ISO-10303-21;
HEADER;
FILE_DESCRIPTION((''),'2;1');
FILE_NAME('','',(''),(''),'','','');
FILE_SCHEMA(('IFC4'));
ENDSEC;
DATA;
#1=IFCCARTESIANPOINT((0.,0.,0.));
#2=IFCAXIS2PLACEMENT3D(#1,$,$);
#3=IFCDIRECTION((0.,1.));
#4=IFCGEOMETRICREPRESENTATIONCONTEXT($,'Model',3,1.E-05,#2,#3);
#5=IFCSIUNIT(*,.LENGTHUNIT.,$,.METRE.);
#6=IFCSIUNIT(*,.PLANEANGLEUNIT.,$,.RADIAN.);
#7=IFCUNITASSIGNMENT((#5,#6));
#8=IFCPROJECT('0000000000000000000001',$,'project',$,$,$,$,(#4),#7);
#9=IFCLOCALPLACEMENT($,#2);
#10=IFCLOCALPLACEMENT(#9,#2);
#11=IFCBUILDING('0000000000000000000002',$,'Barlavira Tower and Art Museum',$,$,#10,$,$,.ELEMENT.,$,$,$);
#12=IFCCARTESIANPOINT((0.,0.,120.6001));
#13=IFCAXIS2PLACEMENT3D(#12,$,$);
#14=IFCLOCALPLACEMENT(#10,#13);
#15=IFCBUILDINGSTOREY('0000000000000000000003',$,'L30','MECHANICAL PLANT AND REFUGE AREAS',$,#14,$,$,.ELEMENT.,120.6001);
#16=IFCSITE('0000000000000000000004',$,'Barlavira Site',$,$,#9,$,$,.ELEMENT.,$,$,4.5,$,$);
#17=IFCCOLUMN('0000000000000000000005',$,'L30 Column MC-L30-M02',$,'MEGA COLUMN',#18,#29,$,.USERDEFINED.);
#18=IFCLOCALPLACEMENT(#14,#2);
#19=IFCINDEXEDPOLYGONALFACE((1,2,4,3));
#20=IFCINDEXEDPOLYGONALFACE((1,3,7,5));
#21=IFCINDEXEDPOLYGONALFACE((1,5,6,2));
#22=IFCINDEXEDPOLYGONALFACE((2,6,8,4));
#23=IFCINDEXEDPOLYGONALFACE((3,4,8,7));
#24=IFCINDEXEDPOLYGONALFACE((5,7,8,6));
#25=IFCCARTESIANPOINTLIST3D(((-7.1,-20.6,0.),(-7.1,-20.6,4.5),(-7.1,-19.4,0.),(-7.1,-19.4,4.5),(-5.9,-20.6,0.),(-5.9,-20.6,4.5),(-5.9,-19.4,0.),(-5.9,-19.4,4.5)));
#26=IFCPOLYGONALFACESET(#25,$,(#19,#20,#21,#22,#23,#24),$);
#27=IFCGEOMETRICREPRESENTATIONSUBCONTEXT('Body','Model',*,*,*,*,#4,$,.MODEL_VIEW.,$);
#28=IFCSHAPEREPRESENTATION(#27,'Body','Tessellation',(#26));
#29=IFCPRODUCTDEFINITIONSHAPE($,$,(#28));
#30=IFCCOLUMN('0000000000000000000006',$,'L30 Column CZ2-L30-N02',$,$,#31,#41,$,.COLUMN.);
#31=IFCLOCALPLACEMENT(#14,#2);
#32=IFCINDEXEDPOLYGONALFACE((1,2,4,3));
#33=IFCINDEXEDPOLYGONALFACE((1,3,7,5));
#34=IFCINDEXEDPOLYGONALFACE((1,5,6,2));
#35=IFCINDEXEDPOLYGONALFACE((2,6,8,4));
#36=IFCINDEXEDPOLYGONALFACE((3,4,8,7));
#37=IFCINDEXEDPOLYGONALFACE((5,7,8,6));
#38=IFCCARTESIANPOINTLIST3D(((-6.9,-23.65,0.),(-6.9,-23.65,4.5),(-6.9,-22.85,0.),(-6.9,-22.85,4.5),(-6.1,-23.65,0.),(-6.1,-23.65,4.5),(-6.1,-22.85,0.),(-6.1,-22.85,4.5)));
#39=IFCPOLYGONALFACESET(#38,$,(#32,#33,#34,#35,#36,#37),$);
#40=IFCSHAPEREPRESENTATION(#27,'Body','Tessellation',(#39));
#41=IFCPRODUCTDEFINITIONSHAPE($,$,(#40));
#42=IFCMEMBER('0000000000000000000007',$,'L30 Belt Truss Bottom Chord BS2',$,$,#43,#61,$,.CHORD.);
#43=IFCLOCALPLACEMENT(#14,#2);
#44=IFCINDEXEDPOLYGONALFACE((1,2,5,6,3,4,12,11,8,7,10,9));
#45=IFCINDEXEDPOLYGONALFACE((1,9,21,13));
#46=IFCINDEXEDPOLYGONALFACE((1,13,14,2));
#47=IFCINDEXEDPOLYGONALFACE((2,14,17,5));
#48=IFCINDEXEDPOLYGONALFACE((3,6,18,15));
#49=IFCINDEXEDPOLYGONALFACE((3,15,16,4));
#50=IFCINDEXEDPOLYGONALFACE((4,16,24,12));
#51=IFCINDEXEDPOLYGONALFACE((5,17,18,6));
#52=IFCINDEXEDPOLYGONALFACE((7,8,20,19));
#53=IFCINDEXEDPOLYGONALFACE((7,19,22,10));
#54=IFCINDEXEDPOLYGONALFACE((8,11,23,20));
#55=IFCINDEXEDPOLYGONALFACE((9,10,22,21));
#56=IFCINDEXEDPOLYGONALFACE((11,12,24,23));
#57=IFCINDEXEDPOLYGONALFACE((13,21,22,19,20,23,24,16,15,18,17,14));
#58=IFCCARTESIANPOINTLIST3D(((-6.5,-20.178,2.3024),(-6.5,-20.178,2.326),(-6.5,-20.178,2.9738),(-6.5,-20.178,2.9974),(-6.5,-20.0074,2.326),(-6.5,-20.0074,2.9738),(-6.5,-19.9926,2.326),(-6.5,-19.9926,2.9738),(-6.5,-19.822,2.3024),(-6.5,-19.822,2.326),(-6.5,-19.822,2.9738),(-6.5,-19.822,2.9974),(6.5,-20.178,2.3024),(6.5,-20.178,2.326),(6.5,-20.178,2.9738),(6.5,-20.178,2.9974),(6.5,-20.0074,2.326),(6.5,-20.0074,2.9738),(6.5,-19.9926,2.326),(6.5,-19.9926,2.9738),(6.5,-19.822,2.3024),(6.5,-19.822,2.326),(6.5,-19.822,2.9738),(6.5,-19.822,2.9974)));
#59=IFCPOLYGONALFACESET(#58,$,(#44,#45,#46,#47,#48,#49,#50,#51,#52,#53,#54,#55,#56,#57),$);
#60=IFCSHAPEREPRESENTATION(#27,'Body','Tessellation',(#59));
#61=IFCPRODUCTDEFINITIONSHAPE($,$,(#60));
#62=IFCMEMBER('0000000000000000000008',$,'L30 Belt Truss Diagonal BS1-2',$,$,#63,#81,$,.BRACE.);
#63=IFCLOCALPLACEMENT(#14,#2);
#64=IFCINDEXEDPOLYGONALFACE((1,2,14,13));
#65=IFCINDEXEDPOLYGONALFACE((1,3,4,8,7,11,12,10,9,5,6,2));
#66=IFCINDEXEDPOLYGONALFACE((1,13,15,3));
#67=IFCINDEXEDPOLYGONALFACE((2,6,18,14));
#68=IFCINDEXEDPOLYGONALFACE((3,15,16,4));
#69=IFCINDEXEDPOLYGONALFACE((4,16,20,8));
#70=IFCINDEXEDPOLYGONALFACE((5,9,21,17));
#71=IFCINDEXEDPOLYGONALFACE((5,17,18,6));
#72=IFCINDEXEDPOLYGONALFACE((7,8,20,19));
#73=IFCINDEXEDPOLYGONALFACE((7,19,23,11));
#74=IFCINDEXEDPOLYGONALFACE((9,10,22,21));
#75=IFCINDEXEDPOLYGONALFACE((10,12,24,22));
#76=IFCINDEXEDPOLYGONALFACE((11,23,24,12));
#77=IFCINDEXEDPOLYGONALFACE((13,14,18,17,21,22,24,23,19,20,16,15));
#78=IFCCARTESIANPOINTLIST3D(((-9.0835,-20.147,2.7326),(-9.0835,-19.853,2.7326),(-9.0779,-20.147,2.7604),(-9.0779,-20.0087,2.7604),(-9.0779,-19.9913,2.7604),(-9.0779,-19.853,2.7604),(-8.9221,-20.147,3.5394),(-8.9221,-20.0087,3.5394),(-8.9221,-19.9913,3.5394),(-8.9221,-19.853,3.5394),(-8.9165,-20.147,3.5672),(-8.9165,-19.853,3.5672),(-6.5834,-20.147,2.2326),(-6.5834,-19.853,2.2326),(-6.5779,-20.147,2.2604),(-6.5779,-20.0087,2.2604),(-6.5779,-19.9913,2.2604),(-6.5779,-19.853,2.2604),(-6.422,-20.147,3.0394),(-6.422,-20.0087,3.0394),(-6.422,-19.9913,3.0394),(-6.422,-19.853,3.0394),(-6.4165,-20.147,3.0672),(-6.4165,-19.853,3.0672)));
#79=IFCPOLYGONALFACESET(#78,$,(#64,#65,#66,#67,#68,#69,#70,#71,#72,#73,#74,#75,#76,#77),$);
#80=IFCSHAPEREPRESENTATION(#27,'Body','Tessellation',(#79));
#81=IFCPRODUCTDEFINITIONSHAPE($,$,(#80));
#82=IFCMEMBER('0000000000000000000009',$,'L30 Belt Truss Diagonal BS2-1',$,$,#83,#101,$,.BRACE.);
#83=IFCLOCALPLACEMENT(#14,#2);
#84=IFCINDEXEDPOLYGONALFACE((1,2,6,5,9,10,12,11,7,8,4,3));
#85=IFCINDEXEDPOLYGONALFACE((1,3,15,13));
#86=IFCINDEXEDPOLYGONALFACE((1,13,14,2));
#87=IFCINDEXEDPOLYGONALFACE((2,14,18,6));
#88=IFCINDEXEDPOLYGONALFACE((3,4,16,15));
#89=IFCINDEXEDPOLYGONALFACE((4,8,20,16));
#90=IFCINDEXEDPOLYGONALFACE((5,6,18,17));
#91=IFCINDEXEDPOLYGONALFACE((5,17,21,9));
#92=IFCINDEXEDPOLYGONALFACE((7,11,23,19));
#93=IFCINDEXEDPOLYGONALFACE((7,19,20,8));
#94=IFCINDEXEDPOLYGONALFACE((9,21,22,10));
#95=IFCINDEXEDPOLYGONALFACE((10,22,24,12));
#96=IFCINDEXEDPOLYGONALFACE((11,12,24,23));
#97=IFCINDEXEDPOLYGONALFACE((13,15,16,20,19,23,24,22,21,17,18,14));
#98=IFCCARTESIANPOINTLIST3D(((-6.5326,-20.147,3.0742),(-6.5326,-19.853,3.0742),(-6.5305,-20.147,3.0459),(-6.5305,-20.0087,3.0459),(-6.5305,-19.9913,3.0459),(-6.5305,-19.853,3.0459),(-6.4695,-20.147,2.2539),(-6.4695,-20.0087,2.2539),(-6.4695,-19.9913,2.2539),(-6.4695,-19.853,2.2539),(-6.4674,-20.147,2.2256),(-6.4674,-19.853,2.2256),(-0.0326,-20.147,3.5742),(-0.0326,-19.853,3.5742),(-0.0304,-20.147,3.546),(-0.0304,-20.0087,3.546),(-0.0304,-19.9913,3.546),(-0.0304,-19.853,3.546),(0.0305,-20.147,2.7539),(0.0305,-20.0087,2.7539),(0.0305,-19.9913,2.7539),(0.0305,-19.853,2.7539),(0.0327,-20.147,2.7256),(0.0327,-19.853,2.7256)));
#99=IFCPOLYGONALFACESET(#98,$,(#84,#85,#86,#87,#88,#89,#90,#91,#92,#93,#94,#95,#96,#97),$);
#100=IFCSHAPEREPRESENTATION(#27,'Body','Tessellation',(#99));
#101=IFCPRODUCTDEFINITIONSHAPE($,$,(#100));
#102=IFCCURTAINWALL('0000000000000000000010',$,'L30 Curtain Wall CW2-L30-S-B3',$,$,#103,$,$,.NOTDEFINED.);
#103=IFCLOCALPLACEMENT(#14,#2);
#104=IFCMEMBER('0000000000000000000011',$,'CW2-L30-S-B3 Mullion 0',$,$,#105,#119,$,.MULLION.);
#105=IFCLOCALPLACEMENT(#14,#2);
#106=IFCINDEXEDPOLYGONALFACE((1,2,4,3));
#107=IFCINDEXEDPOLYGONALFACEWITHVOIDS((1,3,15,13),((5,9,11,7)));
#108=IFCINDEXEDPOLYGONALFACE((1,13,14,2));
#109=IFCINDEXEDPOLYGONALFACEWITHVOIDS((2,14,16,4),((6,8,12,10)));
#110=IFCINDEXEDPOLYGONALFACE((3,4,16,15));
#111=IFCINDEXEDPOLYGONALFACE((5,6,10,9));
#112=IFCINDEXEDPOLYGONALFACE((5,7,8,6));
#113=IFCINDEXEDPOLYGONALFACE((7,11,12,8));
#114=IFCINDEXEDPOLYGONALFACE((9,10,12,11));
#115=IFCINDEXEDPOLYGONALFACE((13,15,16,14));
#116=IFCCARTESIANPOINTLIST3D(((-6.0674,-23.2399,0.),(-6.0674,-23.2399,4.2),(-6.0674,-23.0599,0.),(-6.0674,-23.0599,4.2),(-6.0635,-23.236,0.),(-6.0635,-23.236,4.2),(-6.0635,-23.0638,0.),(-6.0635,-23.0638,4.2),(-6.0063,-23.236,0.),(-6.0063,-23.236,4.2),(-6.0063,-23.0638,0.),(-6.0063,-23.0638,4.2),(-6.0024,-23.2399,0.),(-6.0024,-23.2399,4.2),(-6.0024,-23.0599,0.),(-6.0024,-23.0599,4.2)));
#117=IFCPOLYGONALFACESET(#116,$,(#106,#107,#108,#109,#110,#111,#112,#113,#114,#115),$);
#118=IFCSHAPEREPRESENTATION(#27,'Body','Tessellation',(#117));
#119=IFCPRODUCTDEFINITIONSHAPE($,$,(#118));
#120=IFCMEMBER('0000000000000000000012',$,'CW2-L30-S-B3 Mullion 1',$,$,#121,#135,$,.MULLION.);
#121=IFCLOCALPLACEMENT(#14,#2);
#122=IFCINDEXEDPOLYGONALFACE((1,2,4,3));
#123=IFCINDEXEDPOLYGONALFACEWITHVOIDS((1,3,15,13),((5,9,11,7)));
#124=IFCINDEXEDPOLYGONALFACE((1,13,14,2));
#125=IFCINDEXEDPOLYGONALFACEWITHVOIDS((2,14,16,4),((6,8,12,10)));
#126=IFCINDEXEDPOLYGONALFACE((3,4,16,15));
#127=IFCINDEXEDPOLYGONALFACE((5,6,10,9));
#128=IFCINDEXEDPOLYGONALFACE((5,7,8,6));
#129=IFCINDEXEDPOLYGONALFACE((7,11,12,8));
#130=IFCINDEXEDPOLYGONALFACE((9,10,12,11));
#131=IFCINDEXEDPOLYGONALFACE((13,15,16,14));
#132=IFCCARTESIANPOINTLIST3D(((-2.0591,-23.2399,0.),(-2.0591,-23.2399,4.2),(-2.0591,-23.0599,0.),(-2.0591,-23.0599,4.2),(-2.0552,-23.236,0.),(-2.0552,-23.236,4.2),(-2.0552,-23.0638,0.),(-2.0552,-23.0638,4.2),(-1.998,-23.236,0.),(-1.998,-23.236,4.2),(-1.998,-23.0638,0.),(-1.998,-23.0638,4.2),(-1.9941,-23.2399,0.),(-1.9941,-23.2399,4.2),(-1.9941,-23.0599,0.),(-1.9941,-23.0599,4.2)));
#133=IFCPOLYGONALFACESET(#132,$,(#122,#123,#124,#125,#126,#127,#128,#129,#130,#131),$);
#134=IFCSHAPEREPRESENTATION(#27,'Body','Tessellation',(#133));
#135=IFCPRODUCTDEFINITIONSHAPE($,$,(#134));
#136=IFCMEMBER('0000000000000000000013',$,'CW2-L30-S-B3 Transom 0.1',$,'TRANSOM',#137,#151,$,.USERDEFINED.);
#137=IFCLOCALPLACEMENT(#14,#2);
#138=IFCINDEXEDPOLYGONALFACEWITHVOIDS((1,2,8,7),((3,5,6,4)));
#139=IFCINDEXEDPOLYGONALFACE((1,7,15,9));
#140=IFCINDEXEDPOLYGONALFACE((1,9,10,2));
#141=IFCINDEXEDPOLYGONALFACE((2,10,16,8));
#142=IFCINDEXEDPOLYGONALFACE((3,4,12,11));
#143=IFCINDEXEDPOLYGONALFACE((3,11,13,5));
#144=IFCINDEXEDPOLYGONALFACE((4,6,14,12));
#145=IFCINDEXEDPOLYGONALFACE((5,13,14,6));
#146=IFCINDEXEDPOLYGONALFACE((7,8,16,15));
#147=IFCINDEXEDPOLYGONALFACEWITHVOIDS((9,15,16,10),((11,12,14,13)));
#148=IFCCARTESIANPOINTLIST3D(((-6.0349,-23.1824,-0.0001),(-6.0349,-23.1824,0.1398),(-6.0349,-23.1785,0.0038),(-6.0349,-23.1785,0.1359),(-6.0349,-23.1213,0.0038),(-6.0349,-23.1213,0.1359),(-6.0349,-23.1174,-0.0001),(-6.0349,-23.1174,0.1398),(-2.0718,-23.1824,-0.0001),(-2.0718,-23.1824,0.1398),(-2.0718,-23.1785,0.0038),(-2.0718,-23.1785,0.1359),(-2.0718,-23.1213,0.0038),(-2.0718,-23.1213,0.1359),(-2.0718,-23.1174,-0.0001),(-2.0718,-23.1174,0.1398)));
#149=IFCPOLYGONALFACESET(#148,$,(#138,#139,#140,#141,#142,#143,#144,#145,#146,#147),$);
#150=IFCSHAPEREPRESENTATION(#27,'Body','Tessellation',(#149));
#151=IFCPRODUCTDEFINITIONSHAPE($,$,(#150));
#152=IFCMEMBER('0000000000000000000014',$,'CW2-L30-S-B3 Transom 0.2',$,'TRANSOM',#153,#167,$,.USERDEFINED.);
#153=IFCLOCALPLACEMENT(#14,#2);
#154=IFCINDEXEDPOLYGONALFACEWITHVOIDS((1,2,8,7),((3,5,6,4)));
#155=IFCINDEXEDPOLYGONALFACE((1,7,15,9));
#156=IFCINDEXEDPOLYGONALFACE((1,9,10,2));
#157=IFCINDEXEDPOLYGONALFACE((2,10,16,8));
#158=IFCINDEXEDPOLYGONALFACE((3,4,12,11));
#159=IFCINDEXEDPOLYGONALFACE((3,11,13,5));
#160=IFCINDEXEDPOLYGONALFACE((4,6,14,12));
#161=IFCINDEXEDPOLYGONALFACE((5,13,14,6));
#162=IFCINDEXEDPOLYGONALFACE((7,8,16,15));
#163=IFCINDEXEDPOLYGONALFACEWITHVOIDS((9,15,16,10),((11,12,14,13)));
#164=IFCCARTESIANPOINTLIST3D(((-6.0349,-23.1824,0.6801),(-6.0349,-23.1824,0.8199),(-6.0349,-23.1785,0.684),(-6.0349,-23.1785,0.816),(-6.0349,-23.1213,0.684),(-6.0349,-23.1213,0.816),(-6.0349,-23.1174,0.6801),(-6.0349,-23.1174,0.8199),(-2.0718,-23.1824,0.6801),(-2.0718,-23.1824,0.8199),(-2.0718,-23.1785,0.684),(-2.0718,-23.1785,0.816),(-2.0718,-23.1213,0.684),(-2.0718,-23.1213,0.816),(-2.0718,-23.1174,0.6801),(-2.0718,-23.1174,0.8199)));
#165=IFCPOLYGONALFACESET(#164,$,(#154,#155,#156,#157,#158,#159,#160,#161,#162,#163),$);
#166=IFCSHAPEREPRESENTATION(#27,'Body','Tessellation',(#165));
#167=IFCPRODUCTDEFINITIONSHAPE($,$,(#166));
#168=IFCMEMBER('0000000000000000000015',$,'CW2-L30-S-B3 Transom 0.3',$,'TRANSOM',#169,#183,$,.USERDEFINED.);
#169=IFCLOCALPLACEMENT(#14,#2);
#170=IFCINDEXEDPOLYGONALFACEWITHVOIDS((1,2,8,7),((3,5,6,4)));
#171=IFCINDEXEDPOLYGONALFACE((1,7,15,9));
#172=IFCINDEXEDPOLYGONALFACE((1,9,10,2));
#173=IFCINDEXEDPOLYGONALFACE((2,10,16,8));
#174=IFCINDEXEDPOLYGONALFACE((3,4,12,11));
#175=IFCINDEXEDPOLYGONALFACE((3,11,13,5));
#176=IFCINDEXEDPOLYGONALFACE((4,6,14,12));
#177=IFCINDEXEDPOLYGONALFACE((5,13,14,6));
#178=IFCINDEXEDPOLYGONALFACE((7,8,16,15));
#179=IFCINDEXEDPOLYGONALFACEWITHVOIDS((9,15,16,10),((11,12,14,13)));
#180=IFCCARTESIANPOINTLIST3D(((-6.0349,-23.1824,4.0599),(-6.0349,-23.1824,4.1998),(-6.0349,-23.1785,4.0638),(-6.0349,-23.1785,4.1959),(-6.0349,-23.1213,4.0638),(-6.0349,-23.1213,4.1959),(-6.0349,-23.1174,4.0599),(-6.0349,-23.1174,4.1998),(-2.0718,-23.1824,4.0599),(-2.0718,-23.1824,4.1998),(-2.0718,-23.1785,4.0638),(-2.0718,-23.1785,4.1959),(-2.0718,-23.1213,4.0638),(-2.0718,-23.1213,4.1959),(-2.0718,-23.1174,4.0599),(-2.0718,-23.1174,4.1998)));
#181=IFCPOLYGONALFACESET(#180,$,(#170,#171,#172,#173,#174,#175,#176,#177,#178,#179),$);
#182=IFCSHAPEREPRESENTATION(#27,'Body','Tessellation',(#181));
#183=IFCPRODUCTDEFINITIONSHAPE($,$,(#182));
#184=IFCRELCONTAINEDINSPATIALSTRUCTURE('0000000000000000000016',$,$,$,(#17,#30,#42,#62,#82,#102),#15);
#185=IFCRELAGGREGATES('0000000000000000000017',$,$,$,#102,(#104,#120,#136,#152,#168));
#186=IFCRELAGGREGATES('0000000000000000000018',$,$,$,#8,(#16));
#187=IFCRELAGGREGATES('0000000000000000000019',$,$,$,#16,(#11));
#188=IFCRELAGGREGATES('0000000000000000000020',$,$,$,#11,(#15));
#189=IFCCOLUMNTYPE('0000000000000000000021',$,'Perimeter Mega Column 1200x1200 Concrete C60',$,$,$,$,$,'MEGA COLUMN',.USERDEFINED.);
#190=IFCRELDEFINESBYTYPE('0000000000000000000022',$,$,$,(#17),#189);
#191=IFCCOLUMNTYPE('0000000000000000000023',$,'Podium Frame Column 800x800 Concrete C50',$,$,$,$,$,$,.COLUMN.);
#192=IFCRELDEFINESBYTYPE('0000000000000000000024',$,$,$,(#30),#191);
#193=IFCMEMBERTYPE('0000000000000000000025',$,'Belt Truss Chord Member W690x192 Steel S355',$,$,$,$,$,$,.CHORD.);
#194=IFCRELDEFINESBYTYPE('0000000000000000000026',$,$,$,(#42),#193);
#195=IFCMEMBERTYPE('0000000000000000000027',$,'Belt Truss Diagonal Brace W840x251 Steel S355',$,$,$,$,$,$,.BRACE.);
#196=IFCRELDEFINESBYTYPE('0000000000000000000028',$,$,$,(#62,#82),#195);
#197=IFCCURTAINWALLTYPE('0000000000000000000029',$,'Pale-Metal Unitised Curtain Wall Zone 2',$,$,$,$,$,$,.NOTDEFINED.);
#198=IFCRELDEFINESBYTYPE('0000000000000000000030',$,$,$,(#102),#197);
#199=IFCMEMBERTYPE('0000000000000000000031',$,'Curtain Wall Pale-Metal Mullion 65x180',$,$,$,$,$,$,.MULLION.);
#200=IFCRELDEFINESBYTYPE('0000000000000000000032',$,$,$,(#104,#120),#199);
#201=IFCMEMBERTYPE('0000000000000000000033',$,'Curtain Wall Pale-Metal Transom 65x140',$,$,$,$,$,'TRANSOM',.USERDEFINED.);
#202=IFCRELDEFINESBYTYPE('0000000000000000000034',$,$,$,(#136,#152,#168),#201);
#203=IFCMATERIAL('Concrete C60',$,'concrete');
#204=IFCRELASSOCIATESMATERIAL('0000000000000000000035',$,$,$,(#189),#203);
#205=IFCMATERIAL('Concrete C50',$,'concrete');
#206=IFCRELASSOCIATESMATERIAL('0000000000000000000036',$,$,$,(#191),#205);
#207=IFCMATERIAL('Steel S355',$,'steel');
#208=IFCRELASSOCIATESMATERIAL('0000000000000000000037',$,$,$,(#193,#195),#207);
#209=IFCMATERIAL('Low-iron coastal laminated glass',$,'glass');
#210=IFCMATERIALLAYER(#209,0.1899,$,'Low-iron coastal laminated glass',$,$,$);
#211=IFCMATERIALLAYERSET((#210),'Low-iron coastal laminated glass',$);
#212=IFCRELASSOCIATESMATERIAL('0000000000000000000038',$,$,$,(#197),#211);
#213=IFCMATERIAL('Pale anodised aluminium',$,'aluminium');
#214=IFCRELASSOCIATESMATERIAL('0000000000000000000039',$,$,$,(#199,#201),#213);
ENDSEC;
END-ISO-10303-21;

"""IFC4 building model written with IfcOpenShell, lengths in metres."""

from ifc_helpers import new_model, si_unit, direction, frame, origin, origin_2d, place, context, subcontext, project, spatial, rectangle, hollow_rectangle, i_section, extrude, material, layer, layer_set, material_profile, profile_set, type_object, element, aggregate, save


model = new_model("IFC4")

# Units and contexts
model_context = context("Model", 3, precision=1e-05, world=origin(), true_north=direction((0.0, 1.0)))
body_context = subcontext(model_context, "Body", "Model", "MODEL_VIEW")
ifc_project = project(units=[si_unit("LENGTHUNIT", "METRE"), si_unit("PLANEANGLEUNIT", "RADIAN")], contexts=[model_context])

# Site, building, storey
site_placement = place(None, origin())
site = spatial("IfcSite", under=ifc_project, at=site_placement, Name="Barlavira Site", CompositionType="ELEMENT", RefElevation=4.5)
building_placement = place(site_placement, origin())
building = spatial("IfcBuilding", under=site, at=building_placement, Name="Barlavira Tower and Art Museum", CompositionType="ELEMENT")
storey_placement = place(building_placement, frame((0.0, 0.0, 120.6001)))
storey = spatial("IfcBuildingStorey", under=building, at=storey_placement, Name="L30", Description="MECHANICAL PLANT AND REFUGE AREAS", CompositionType="ELEMENT", Elevation=120.6001)

# Columns
ifc_material_1 = material(Name="Concrete C60", Category="concrete")
ifc_material_profile_1 = material_profile(ifc_material_1, rectangle(XDim=1.2, YDim=1.2, at=origin_2d()), Name="RC-COL 1200x1200")
ifc_profile_set_1 = profile_set([ifc_material_profile_1], Name="Concrete C60")
column_type_1 = type_object("IfcColumnType", Name="Perimeter Mega Column 1200x1200 Concrete C60", ElementType="MEGA COLUMN", PredefinedType="USERDEFINED", material=ifc_profile_set_1)
column_1_placement = place(storey_placement, frame((-6.5, -20.0, 0.0), z_axis=(0.0, 0.0, 1.0), x_axis=(1.0, 0.0, 0.0)))
element("IfcColumn", 1, at=column_1_placement, inside=storey, type_object=column_type_1, Name="L30 Column MC-L30-M02", ObjectType="MEGA COLUMN", PredefinedType="USERDEFINED", context=body_context, shape_type="SweptSolid", body=[
    extrude(rectangle(XDim=1.2, YDim=1.2, at=origin_2d()), origin(), (0.0, 0.0, 1.0), 4.5),
])
ifc_material_2 = material(Name="Concrete C50", Category="concrete")
ifc_material_profile_2 = material_profile(ifc_material_2, rectangle(XDim=0.8, YDim=0.8, at=origin_2d()), Name="RC-COL 800x800")
ifc_profile_set_2 = profile_set([ifc_material_profile_2], Name="Concrete C50")
column_type_2 = type_object("IfcColumnType", Name="Podium Frame Column 800x800 Concrete C50", PredefinedType="COLUMN", material=ifc_profile_set_2)
column_2_placement = place(storey_placement, frame((-6.5, -23.25, 0.0), z_axis=(0.0, 0.0, 1.0), x_axis=(1.0, 0.0, 0.0)))
element("IfcColumn", 2, at=column_2_placement, inside=storey, type_object=column_type_2, Name="L30 Column CZ2-L30-N02", PredefinedType="COLUMN", context=body_context, shape_type="SweptSolid", body=[
    extrude(rectangle(XDim=0.8, YDim=0.8, at=origin_2d()), origin(), (0.0, 0.0, 1.0), 4.5),
])

# Members
ifc_material_3 = material(Name="Steel S355", Category="steel")
ifc_material_profile_3 = material_profile(ifc_material_3, i_section(OverallWidth=0.356, OverallDepth=0.6951, WebThickness=0.0149, FlangeThickness=0.0237, at=origin_2d()), Name="W690x192.0")
ifc_profile_set_3 = profile_set([ifc_material_profile_3], Name="Steel S355")
member_type_1 = type_object("IfcMemberType", Name="Belt Truss Chord Member W690x192 Steel S355", PredefinedType="CHORD", material=ifc_profile_set_3)
member_1_placement = place(storey_placement, frame((-6.5, -20.0, 2.6499), z_axis=(1.0, 0.0, 0.0), x_axis=(0.0, 1.0, 0.0)))
element("IfcMember", 3, at=member_1_placement, inside=storey, type_object=member_type_1, Name="L30 Belt Truss Bottom Chord BS2", PredefinedType="CHORD", context=body_context, shape_type="SweptSolid", body=[
    extrude(i_section(OverallWidth=0.356, OverallDepth=0.6951, WebThickness=0.0149, FlangeThickness=0.0237, at=origin_2d()), origin(), (0.0, 0.0, 1.0), 13.0),
])
ifc_material_profile_4 = material_profile(ifc_material_3, i_section(OverallWidth=0.2939, OverallDepth=0.8511, WebThickness=0.0173, FlangeThickness=0.0283, at=origin_2d()), Name="W840x251.0")
ifc_profile_set_4 = profile_set([ifc_material_profile_4], Name="Steel S355")
member_type_2 = type_object("IfcMemberType", Name="Belt Truss Diagonal Brace W840x251 Steel S355", PredefinedType="BRACE", material=ifc_profile_set_4)
member_2_placement = place(storey_placement, frame((-9.0, -20.0, 3.1499), z_axis=(0.980581, 0.0, -0.196116), x_axis=(0.0, 1.0, 0.0)))
element("IfcMember", 4, at=member_2_placement, inside=storey, type_object=member_type_2, Name="L30 Belt Truss Diagonal BS1-2", PredefinedType="BRACE", context=body_context, shape_type="SweptSolid", body=[
    extrude(i_section(OverallWidth=0.2939, OverallDepth=0.8511, WebThickness=0.0173, FlangeThickness=0.0283, at=origin_2d()), origin(), (0.0, 0.0, 1.0), 2.5496),
])
member_3_placement = place(storey_placement, frame((-6.5, -20.0, 2.6499), z_axis=(0.997054, 0.0, 0.076696), x_axis=(0.0, 1.0, 0.0)))
element("IfcMember", 5, at=member_3_placement, inside=storey, type_object=member_type_2, Name="L30 Belt Truss Diagonal BS2-1", PredefinedType="BRACE", context=body_context, shape_type="SweptSolid", body=[
    extrude(i_section(OverallWidth=0.2939, OverallDepth=0.8511, WebThickness=0.0173, FlangeThickness=0.0283, at=origin_2d()), origin(), (0.0, 0.0, 1.0), 6.5193),
])

# Curtain wall, members
ifc_material_4 = material(Name="Low-iron coastal laminated glass", Category="glass")
ifc_layer_1 = layer(ifc_material_4, 0.1899, Name="Low-iron coastal laminated glass")
ifc_layer_set_1 = layer_set([ifc_layer_1], Name="Low-iron coastal laminated glass")
curtain_wall_type = type_object("IfcCurtainWallType", Name="Pale-Metal Unitised Curtain Wall Zone 2", PredefinedType="NOTDEFINED", material=ifc_layer_set_1)
curtain_wall_placement = place(storey_placement, origin())
curtain_wall = element("IfcCurtainWall", 6, at=curtain_wall_placement, inside=storey, type_object=curtain_wall_type, Name="L30 Curtain Wall CW2-L30-S-B3", PredefinedType="NOTDEFINED")
ifc_material_5 = material(Name="Pale anodised aluminium", Category="aluminium")
ifc_material_profile_5 = material_profile(ifc_material_5, hollow_rectangle(XDim=0.0649, YDim=0.1799, WallThickness=0.0039, at=origin_2d()), Name="ALU-MULL 65x180x4")
ifc_profile_set_5 = profile_set([ifc_material_profile_5], Name="Pale anodised aluminium")
member_type_3 = type_object("IfcMemberType", Name="Curtain Wall Pale-Metal Mullion 65x180", PredefinedType="MULLION", material=ifc_profile_set_5)
member_4_placement = place(storey_placement, frame((-6.0349, -23.1499, 0.0), z_axis=(0.0, 0.0, 1.0), x_axis=(1.0, 0.0, 0.0)))
member_4 = element("IfcMember", 7, at=member_4_placement, type_object=member_type_3, Name="CW2-L30-S-B3 Mullion 0", PredefinedType="MULLION", context=body_context, shape_type="SweptSolid", body=[
    extrude(hollow_rectangle(XDim=0.0649, YDim=0.1799, WallThickness=0.0039, at=origin_2d()), origin(), (0.0, 0.0, 1.0), 4.2),
])
member_5_placement = place(storey_placement, frame((-2.0266, -23.1499, 0.0), z_axis=(0.0, 0.0, 1.0), x_axis=(1.0, 0.0, 0.0)))
member_5 = element("IfcMember", 8, at=member_5_placement, type_object=member_type_3, Name="CW2-L30-S-B3 Mullion 1", PredefinedType="MULLION", context=body_context, shape_type="SweptSolid", body=[
    extrude(hollow_rectangle(XDim=0.0649, YDim=0.1799, WallThickness=0.0039, at=origin_2d()), origin(), (0.0, 0.0, 1.0), 4.2),
])
ifc_material_profile_6 = material_profile(ifc_material_5, hollow_rectangle(XDim=0.0649, YDim=0.1399, WallThickness=0.0039, at=origin_2d()), Name="ALU-TRAN 65x140x4")
ifc_profile_set_6 = profile_set([ifc_material_profile_6], Name="Pale anodised aluminium")
member_type_4 = type_object("IfcMemberType", Name="Curtain Wall Pale-Metal Transom 65x140", ElementType="TRANSOM", PredefinedType="USERDEFINED", material=ifc_profile_set_6)
member_6_placement = place(storey_placement, frame((-6.0349, -23.1499, 0.0698), z_axis=(1.0, 0.0, 0.0), x_axis=(0.0, 1.0, 0.0)))
member_6 = element("IfcMember", 9, at=member_6_placement, type_object=member_type_4, Name="CW2-L30-S-B3 Transom 0.1", ObjectType="TRANSOM", PredefinedType="USERDEFINED", context=body_context, shape_type="SweptSolid", body=[
    extrude(hollow_rectangle(XDim=0.0649, YDim=0.1399, WallThickness=0.0039, at=origin_2d()), origin(), (0.0, 0.0, 1.0), 3.9631),
])
member_7_placement = place(storey_placement, frame((-6.0349, -23.1499, 0.75), z_axis=(1.0, 0.0, 0.0), x_axis=(0.0, 1.0, 0.0)))
member_7 = element("IfcMember", 10, at=member_7_placement, type_object=member_type_4, Name="CW2-L30-S-B3 Transom 0.2", ObjectType="TRANSOM", PredefinedType="USERDEFINED", context=body_context, shape_type="SweptSolid", body=[
    extrude(hollow_rectangle(XDim=0.0649, YDim=0.1399, WallThickness=0.0039, at=origin_2d()), origin(), (0.0, 0.0, 1.0), 3.9631),
])
member_8_placement = place(storey_placement, frame((-6.0349, -23.1499, 4.1299), z_axis=(1.0, 0.0, 0.0), x_axis=(0.0, 1.0, 0.0)))
member_8 = element("IfcMember", 11, at=member_8_placement, type_object=member_type_4, Name="CW2-L30-S-B3 Transom 0.3", ObjectType="TRANSOM", PredefinedType="USERDEFINED", context=body_context, shape_type="SweptSolid", body=[
    extrude(hollow_rectangle(XDim=0.0649, YDim=0.1399, WallThickness=0.0039, at=origin_2d()), origin(), (0.0, 0.0, 1.0), 3.9631),
])

aggregate(curtain_wall, [member_4, member_5, member_6, member_7, member_8])

save(model, "model.ifc")
